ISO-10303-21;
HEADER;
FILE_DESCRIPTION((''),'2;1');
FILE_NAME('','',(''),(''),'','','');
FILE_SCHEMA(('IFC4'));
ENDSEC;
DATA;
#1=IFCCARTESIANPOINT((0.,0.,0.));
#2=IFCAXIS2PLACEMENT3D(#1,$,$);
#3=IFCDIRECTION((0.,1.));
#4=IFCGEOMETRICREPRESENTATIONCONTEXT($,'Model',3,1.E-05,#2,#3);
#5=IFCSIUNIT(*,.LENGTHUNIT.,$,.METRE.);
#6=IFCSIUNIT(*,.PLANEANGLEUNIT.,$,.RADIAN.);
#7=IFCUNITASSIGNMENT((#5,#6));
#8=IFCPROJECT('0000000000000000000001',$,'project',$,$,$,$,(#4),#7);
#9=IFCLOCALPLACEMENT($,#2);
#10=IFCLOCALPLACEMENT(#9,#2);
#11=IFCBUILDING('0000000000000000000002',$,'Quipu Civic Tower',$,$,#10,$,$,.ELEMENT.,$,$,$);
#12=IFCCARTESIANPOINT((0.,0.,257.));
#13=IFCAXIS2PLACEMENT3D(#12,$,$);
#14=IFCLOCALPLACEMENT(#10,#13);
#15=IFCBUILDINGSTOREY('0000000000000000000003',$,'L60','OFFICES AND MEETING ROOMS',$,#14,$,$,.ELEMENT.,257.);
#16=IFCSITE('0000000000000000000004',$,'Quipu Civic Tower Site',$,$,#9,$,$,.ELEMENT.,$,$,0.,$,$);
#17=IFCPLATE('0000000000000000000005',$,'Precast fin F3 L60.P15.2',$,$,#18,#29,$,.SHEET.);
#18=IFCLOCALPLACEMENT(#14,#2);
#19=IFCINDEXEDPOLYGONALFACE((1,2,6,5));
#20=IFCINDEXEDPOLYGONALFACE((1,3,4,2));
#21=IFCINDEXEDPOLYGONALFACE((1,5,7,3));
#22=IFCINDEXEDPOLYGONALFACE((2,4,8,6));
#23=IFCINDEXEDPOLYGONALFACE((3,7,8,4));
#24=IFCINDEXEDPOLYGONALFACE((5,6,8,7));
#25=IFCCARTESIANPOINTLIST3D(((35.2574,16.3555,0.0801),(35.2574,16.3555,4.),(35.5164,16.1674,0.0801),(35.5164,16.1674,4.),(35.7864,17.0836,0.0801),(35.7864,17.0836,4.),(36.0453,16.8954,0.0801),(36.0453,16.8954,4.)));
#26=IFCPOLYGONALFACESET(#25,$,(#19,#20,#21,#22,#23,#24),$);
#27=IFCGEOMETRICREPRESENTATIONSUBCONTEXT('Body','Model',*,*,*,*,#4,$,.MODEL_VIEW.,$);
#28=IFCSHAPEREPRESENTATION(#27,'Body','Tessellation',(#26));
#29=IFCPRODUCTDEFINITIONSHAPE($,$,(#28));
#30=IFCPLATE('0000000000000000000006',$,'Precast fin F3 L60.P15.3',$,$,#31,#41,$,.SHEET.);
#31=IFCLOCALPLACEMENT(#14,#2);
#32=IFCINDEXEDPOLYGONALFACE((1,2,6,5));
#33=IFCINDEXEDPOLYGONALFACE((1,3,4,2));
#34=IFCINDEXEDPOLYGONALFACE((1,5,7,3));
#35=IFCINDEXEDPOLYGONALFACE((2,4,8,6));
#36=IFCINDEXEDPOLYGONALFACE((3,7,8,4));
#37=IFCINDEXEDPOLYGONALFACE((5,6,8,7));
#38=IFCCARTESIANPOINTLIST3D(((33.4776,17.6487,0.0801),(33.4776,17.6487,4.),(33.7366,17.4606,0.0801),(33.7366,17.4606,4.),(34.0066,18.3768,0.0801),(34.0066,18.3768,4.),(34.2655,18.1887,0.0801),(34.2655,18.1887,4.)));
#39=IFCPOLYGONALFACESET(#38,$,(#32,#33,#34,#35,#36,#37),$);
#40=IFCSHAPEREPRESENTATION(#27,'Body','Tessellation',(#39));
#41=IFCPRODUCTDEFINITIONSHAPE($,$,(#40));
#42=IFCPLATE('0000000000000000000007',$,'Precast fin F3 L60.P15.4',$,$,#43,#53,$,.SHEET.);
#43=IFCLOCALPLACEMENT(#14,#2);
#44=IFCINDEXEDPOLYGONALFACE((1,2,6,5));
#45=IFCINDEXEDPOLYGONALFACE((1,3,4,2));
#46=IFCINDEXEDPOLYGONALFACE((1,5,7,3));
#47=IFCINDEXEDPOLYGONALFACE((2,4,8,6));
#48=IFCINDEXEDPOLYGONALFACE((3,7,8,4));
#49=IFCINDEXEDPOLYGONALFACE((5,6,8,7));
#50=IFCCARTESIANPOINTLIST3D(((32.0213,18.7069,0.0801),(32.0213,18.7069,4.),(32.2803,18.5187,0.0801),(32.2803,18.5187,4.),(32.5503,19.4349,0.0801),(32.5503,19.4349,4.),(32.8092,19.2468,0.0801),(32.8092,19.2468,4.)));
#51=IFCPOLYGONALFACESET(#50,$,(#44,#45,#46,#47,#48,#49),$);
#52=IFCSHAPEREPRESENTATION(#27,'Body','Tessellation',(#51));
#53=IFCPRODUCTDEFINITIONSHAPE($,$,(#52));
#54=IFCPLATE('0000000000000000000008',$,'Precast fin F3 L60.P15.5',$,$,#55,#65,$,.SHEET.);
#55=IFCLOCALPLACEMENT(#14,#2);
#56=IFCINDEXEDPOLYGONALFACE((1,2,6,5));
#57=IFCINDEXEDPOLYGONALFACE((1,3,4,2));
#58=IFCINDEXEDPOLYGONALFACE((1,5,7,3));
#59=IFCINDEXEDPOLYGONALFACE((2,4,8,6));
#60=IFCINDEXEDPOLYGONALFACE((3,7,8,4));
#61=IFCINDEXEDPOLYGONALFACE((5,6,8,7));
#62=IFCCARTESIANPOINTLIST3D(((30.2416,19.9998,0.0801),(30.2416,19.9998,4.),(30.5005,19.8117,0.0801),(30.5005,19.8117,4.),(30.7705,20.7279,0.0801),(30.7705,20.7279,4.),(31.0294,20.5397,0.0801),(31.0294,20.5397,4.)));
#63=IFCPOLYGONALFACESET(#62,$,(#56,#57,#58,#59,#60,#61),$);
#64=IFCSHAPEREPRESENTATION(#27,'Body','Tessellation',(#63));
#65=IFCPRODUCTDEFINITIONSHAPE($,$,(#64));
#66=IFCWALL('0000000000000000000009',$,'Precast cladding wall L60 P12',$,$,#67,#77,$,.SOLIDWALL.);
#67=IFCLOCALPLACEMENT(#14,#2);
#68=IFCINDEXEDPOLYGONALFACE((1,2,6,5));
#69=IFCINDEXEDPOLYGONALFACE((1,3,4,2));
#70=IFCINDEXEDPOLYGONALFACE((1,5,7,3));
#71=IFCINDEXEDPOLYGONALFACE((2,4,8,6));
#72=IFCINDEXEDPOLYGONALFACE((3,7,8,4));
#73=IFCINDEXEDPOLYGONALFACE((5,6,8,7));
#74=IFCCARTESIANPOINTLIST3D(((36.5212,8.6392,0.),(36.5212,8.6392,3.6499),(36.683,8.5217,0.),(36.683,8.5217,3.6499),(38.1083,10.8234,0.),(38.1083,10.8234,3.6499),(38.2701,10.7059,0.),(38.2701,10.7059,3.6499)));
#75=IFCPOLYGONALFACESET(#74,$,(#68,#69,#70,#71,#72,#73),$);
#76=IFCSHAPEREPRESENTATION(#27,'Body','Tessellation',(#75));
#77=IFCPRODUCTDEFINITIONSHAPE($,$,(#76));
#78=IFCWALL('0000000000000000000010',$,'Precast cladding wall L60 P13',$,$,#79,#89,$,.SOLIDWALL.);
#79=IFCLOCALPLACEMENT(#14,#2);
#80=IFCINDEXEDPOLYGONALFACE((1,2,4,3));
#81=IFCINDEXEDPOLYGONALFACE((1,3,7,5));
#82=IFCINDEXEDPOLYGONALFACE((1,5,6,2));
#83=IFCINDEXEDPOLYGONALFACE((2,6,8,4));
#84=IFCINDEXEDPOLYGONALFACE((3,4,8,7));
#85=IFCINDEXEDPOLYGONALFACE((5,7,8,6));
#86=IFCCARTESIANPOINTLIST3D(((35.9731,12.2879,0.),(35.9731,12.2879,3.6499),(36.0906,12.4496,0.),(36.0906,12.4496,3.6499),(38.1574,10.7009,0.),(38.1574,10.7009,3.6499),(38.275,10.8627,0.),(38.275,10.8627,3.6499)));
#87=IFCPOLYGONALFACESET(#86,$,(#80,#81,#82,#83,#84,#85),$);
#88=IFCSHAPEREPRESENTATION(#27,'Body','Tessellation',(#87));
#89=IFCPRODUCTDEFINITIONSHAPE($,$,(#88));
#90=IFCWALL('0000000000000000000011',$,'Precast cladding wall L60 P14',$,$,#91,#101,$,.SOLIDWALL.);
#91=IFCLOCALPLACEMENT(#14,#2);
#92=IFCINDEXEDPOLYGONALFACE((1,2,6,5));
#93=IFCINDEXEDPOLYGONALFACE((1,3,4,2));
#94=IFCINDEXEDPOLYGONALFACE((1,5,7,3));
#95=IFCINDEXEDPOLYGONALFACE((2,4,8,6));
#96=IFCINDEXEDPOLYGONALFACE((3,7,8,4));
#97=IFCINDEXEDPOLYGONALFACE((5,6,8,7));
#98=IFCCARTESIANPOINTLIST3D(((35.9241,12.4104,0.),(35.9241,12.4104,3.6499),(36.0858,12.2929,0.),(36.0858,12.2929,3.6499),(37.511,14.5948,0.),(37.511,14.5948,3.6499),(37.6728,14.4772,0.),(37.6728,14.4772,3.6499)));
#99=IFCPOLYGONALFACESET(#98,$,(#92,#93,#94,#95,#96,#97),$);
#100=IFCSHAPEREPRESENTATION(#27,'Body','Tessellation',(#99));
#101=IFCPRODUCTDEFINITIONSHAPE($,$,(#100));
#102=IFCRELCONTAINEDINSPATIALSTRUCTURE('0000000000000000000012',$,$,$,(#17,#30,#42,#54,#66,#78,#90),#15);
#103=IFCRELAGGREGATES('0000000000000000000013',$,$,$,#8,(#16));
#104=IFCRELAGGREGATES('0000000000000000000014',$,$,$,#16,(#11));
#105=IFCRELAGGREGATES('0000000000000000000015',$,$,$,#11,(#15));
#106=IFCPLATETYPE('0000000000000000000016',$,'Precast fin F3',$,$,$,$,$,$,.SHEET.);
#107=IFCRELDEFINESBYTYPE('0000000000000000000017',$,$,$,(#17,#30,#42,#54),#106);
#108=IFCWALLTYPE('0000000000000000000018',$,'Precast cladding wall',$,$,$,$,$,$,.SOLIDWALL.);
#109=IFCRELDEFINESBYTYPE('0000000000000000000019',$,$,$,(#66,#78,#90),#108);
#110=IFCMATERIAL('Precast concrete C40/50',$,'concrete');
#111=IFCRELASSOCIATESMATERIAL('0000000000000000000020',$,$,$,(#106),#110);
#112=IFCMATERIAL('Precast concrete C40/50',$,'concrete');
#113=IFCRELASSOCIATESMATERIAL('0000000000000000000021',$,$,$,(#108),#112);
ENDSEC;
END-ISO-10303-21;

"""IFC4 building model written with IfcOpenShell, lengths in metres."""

from ifc_helpers import new_model, si_unit, direction, frame, frame_2d, origin, origin_2d, place, context, subcontext, project, spatial, rectangle, extrude, material, type_object, element, save


model = new_model("IFC4")

# Units and contexts
model_context = context("Model", 3, precision=1e-05, world=origin(), true_north=direction((0.0, 1.0)))
body_context = subcontext(model_context, "Body", "Model", "MODEL_VIEW")
ifc_project = project(units=[si_unit("LENGTHUNIT", "METRE"), si_unit("PLANEANGLEUNIT", "RADIAN")], contexts=[model_context])

# Site, building, storey
site_placement = place(None, origin())
site = spatial("IfcSite", under=ifc_project, at=site_placement, Name="Quipu Civic Tower Site", CompositionType="ELEMENT", RefElevation=0.0)
building_placement = place(site_placement, origin())
building = spatial("IfcBuilding", under=site, at=building_placement, Name="Quipu Civic Tower", CompositionType="ELEMENT")
storey_placement = place(building_placement, frame((0.0, 0.0, 257.0)))
storey = spatial("IfcBuildingStorey", under=building, at=storey_placement, Name="L60", Description="OFFICES AND MEETING ROOMS", CompositionType="ELEMENT", Elevation=257.0)

# Plates
ifc_material_1 = material(Name="Precast concrete C40/50", Category="concrete")
plate_type_1 = type_object("IfcPlateType", Name="Precast fin F3", PredefinedType="SHEET", material=ifc_material_1)
for number, where, z_axis, x_axis, name in (
    (1, (35.6514, 16.6255, 0.0801), (0.0, 0.0, 1.0), (-0.809017, 0.587785, 0.0), "Precast fin F3 L60.P15.2"),
    (2, (33.8716, 17.9187, 0.0801), (0.0, 0.0, 1.0), (-0.809017, 0.587785, 0.0), "Precast fin F3 L60.P15.3"),
    (3, (32.4153, 18.9768, 0.0801), (0.0, 0.0, 1.0), (-0.809017, 0.587785, 0.0), "Precast fin F3 L60.P15.4"),
    (4, (30.6355, 20.2698, 0.0801), (0.0, 0.0, 1.0), (-0.809017, 0.587785, 0.0), "Precast fin F3 L60.P15.5"),
):
    element("IfcPlate", number, at=place(storey_placement, frame(where, z_axis=z_axis, x_axis=x_axis)), inside=storey, type_object=plate_type_1, Name=name, PredefinedType="SHEET", context=body_context, shape_type="SweptSolid", body=[
        extrude(rectangle(XDim=0.3201, YDim=0.8999, at=origin_2d()), origin(), (0.0, 0.0, 1.0), 3.9199),
    ])

# Walls
ifc_material_2 = material(Name="Precast concrete C40/50", Category="concrete")
wall_type = type_object("IfcWallType", Name="Precast cladding wall", PredefinedType="SOLIDWALL", material=ifc_material_2)
for number, where, z_axis, x_axis, name in (
    (5, (36.6021, 8.5803, 0.0), (0.0, 0.0, 1.0), (0.587822, 0.80899, 0.0), "Precast cladding wall L60 P12"),
    (6, (38.2163, 10.7817, 0.0), (0.0, 0.0, 1.0), (-0.809033, 0.587763, 0.0), "Precast cladding wall L60 P13"),
    (7, (36.0049, 12.3516, 0.0), (0.0, 0.0, 1.0), (0.587763, 0.809033, 0.0), "Precast cladding wall L60 P14"),
):
    element("IfcWall", number, at=place(storey_placement, frame(where, z_axis=z_axis, x_axis=x_axis)), inside=storey, type_object=wall_type, Name=name, PredefinedType="SOLIDWALL", context=body_context, shape_type="SweptSolid", body=[
        extrude(rectangle(XDim=2.7, YDim=0.2, at=frame_2d((1.3501, 0.0))), origin(), (0.0, 0.0, 1.0), 3.6499),
    ])

save(model, "model.ifc")
